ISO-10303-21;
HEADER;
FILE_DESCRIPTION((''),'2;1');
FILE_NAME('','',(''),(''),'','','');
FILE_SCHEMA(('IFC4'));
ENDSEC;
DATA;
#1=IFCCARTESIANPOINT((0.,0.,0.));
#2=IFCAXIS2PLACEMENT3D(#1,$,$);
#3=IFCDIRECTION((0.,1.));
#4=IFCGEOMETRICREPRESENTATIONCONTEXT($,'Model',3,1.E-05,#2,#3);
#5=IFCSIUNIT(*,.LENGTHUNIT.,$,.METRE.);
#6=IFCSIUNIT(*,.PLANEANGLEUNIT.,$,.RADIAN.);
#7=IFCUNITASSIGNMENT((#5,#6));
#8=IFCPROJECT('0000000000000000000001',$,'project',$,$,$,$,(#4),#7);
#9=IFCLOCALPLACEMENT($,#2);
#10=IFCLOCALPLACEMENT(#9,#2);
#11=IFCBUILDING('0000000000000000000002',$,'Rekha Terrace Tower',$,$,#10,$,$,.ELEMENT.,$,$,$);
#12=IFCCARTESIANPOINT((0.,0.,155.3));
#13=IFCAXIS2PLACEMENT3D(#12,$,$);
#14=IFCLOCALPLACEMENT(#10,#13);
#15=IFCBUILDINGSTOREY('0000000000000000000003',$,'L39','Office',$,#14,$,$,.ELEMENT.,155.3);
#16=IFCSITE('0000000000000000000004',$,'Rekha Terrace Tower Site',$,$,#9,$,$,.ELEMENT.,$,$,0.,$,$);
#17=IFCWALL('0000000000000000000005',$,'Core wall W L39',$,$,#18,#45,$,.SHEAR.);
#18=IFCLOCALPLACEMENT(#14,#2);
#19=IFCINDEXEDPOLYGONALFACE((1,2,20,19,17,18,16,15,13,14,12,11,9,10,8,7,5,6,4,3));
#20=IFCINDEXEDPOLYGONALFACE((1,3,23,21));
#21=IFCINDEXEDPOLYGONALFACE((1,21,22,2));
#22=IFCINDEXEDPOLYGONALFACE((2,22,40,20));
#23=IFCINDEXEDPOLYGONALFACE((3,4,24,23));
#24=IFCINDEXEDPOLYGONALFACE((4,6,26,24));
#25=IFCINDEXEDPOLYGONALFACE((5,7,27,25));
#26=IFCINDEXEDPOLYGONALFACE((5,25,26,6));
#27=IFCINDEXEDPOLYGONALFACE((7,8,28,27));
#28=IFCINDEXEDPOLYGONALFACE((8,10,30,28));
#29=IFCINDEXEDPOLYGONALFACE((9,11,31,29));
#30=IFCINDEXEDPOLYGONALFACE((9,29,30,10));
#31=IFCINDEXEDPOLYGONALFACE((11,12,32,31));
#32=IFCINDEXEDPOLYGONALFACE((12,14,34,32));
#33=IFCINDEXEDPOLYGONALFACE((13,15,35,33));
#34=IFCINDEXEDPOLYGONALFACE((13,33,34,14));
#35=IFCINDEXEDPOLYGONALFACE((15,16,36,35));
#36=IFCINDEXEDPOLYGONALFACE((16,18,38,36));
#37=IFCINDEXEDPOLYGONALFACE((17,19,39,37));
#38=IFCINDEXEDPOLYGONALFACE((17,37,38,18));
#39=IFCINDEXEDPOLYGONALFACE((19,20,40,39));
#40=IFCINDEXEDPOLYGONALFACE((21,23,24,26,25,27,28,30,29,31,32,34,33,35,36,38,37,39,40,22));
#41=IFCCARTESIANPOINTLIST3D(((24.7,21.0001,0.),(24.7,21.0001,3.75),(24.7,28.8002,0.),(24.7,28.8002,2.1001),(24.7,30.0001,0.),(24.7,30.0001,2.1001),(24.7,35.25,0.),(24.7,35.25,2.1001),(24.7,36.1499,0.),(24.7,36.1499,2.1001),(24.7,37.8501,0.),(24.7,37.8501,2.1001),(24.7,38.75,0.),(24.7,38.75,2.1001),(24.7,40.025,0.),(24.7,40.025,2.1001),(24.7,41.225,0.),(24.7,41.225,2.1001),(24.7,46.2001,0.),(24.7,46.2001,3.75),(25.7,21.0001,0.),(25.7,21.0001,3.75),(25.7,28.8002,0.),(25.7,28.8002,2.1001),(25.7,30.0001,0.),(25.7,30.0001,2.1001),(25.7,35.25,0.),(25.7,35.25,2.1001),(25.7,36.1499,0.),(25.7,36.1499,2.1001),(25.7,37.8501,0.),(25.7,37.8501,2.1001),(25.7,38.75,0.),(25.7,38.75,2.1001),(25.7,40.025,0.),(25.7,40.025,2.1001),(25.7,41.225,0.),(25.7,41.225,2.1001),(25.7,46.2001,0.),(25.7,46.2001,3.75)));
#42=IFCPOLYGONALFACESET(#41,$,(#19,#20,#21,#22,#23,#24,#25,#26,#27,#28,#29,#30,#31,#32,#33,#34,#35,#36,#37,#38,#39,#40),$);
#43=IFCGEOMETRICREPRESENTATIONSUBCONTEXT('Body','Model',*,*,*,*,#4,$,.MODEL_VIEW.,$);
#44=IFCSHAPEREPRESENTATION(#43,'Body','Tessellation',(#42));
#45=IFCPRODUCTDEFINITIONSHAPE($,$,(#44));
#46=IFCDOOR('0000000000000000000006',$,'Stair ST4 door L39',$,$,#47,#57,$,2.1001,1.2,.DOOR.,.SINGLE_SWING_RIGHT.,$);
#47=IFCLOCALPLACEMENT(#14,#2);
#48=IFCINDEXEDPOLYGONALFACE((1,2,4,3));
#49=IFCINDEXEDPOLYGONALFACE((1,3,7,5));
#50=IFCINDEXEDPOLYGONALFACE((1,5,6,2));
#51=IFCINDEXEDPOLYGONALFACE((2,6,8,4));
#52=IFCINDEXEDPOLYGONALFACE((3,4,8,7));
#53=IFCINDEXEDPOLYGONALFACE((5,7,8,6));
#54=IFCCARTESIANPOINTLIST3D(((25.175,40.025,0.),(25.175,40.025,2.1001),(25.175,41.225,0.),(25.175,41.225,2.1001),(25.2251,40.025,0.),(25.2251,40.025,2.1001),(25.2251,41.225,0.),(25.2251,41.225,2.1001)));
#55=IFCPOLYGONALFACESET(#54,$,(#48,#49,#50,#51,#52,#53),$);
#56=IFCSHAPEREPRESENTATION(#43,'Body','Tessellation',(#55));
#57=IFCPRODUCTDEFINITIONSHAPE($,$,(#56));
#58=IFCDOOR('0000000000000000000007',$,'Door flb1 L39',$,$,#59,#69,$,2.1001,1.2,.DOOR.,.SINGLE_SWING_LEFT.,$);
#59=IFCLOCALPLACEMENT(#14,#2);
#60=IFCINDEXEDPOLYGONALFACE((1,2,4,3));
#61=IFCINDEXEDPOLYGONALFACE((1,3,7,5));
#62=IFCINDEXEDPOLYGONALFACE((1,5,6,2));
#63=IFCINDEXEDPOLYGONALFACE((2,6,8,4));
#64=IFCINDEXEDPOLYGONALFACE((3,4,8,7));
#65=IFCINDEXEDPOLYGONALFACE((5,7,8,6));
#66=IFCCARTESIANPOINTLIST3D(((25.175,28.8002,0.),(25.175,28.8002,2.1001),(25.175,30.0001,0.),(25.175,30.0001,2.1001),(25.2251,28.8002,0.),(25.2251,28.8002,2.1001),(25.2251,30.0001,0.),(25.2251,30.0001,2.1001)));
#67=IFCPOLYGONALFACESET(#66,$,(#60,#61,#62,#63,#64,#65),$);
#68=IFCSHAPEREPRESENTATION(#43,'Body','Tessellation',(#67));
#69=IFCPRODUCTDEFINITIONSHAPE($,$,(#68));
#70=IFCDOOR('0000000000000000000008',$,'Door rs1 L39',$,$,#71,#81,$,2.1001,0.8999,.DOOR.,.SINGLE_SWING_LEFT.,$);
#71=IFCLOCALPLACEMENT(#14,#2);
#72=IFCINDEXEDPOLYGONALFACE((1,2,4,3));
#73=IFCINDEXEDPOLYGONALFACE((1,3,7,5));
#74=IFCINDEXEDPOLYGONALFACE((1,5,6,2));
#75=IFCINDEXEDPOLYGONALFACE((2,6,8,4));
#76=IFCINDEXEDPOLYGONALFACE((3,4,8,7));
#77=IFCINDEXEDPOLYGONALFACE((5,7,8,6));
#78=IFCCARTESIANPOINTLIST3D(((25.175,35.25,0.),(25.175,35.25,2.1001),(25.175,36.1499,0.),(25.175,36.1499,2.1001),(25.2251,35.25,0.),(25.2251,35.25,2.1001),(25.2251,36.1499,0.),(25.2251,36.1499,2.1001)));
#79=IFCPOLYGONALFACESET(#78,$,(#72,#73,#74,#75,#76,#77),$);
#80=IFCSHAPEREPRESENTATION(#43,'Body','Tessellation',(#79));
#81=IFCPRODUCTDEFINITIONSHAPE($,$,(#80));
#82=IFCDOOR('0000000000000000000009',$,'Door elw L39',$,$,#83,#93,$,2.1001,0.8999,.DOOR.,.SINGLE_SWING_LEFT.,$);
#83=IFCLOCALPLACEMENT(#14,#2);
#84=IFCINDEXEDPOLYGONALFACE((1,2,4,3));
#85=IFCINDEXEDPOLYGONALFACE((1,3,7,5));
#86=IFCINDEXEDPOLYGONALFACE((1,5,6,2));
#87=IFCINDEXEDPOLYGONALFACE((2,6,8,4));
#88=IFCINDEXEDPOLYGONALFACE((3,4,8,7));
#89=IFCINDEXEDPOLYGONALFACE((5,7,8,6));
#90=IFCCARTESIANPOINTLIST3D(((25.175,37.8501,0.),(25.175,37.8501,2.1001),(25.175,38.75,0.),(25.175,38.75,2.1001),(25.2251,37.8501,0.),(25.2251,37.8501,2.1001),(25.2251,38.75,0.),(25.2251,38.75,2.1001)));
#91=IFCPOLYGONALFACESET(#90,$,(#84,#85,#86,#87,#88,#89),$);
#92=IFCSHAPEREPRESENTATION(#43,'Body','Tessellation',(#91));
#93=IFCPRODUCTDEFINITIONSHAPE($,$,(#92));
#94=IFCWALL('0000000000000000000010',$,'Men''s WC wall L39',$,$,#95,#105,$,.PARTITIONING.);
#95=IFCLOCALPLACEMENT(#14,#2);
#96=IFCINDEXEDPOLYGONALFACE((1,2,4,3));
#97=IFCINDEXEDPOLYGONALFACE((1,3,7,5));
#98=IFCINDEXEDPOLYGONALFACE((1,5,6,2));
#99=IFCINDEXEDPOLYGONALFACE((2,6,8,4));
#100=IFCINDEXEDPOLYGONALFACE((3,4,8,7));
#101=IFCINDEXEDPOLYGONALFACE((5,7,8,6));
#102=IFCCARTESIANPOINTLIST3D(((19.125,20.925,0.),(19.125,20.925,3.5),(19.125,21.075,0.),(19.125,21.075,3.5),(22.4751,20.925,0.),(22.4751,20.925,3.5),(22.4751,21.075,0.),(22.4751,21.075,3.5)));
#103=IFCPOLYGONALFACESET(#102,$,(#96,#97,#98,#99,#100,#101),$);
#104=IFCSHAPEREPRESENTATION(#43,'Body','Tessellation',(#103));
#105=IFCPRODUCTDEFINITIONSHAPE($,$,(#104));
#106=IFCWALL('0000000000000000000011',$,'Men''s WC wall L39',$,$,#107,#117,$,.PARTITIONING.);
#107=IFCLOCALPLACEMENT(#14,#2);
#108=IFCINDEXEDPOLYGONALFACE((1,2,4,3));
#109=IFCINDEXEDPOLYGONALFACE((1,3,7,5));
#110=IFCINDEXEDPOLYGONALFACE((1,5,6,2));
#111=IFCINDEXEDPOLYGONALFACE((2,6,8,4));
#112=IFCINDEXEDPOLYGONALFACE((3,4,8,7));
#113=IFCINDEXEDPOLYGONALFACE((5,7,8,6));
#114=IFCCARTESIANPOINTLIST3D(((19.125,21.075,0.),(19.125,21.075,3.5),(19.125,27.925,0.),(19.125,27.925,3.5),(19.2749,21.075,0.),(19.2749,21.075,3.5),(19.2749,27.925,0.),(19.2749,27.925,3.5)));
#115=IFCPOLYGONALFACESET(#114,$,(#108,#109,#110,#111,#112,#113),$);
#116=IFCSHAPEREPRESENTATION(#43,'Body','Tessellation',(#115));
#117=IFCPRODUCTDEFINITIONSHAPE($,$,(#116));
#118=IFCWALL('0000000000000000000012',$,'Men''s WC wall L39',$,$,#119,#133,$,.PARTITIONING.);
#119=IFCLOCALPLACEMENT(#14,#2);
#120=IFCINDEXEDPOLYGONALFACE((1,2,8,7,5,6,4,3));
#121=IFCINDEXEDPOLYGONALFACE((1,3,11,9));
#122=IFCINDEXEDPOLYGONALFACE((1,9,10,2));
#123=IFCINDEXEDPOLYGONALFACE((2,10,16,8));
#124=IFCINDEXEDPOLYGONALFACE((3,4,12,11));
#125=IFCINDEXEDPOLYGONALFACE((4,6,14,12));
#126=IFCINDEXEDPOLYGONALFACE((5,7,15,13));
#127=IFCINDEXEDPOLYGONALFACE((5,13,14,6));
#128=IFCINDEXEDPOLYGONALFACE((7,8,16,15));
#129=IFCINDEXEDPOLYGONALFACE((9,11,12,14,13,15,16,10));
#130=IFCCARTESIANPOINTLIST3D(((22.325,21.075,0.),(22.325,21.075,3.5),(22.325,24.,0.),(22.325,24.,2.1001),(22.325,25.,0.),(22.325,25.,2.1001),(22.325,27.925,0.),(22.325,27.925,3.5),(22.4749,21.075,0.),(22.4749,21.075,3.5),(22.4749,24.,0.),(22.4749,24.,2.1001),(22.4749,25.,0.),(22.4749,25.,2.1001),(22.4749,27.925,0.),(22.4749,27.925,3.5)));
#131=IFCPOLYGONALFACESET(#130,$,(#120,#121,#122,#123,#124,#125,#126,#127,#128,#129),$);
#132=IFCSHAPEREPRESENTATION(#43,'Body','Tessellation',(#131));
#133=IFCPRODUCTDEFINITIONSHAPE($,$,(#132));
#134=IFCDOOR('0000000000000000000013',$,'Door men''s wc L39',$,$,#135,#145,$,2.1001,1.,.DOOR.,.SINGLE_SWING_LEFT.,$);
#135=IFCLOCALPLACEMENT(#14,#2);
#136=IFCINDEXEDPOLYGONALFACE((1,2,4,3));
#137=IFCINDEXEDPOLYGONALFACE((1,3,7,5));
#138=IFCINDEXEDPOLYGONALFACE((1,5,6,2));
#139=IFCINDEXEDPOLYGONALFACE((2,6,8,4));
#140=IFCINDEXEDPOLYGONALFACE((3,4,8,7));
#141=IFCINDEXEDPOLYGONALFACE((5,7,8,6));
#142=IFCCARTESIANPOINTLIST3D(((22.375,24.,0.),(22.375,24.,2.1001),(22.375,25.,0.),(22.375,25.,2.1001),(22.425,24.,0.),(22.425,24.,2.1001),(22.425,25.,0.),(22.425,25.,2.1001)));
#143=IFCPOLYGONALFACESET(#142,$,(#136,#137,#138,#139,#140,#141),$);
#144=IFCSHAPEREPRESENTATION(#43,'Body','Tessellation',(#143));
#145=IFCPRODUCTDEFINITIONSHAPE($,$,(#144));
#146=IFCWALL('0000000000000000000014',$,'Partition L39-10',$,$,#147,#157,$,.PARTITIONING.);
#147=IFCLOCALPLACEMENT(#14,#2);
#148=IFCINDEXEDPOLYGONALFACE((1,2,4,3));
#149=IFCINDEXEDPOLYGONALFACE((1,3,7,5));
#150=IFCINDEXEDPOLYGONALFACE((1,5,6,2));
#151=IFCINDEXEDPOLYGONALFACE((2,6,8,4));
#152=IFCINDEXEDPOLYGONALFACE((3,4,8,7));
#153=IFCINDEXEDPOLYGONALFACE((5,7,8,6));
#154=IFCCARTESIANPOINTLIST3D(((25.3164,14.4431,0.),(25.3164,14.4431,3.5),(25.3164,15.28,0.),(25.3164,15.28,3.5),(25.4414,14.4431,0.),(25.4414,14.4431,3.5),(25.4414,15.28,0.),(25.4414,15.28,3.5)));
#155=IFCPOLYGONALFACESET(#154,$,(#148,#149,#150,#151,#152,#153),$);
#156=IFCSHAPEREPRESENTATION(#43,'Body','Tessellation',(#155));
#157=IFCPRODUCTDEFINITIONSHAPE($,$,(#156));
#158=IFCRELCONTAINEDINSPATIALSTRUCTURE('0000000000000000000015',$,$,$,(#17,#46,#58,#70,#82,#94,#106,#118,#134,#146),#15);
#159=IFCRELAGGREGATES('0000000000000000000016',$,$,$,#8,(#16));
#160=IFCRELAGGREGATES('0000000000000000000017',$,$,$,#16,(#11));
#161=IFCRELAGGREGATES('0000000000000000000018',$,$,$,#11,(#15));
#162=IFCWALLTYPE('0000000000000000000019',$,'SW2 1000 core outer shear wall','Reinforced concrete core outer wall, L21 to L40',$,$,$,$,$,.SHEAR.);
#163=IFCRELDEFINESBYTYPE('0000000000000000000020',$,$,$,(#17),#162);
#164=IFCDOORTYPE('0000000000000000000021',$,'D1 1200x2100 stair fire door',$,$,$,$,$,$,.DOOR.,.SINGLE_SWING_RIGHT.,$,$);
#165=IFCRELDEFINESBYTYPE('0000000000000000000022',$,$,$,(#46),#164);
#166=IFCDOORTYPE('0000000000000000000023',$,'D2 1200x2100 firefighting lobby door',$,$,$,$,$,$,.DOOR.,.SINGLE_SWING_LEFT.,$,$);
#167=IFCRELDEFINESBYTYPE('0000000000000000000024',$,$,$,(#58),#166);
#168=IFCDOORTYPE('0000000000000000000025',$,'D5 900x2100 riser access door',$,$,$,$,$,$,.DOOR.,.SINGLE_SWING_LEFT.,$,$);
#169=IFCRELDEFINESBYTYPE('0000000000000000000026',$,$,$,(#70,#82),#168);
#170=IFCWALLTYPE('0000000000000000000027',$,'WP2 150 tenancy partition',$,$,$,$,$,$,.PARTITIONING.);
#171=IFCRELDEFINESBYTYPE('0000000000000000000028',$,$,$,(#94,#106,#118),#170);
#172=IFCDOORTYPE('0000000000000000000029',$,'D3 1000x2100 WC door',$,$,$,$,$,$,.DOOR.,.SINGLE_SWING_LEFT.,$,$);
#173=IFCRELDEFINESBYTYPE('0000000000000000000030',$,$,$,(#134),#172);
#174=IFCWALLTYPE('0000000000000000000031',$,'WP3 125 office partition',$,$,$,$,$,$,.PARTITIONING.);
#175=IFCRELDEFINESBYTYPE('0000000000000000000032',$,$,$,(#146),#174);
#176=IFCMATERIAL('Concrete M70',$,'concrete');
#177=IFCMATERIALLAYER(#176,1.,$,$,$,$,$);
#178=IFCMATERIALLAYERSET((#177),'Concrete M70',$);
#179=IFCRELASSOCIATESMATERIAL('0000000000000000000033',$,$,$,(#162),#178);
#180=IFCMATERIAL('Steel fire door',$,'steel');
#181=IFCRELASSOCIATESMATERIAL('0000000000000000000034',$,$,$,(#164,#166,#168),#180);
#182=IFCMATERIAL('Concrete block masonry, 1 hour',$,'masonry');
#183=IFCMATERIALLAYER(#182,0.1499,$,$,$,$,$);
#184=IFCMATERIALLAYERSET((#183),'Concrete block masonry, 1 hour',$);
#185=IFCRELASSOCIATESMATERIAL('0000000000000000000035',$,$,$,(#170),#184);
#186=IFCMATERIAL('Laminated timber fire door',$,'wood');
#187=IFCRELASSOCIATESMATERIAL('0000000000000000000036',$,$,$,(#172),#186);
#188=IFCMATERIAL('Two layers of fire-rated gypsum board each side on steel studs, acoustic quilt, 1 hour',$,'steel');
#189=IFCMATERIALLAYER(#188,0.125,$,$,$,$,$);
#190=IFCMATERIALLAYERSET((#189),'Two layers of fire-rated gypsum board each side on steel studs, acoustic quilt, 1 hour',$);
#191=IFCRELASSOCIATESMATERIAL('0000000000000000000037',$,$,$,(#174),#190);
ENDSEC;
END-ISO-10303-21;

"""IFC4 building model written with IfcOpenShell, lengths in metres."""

from ifc_helpers import new_model, si_unit, direction, frame, frame_2d, origin, place, context, subcontext, project, spatial, rectangle, extrude, material, layer, layer_set, type_object, element, fill, save


model = new_model("IFC4")

# Units and contexts
model_context = context("Model", 3, precision=1e-05, world=origin(), true_north=direction((0.0, 1.0)))
body_context = subcontext(model_context, "Body", "Model", "MODEL_VIEW")
ifc_project = project(units=[si_unit("LENGTHUNIT", "METRE"), si_unit("PLANEANGLEUNIT", "RADIAN")], contexts=[model_context])

# Site, building, storey
site_placement = place(None, origin())
site = spatial("IfcSite", under=ifc_project, at=site_placement, Name="Rekha Terrace Tower Site", CompositionType="ELEMENT", RefElevation=0.0)
building_placement = place(site_placement, origin())
building = spatial("IfcBuilding", under=site, at=building_placement, Name="Rekha Terrace Tower", CompositionType="ELEMENT")
storey_placement = place(building_placement, frame((0.0, 0.0, 155.3)))
storey = spatial("IfcBuildingStorey", under=building, at=storey_placement, Name="L39", Description="Office", CompositionType="ELEMENT", Elevation=155.3)

# Shared definitions
ifc_material_1 = material(Name="Concrete M70", Category="concrete")

# Shared definitions
ifc_layer_1 = layer(ifc_material_1, 1.0)
ifc_layer_set_1 = layer_set([ifc_layer_1], Name="Concrete M70")
wall_type_1 = type_object("IfcWallType", Name="SW2 1000 core outer shear wall", Description="Reinforced concrete core outer wall, L21 to L40", PredefinedType="SHEAR", material=ifc_layer_set_1)

# Wall, openings, doors
wall_1_placement = place(storey_placement, frame((25.2, 21.0, 0.0), z_axis=(0.0, 0.0, 1.0), x_axis=(0.0, 1.0, 0.0)))
wall_1 = element("IfcWall", 1, at=wall_1_placement, inside=storey, type_object=wall_type_1, Name="Core wall W L39", PredefinedType="SHEAR", context=body_context, shape_type="SweptSolid", body=[
    extrude(rectangle(XDim=25.2, YDim=1.0, at=frame_2d((12.6001, 0.0))), origin(), (0.0, 0.0, 1.0), 3.75),
])
opening_1_placement = place(wall_1_placement, frame((7.8, 0.0, 0.0)))
opening_1 = element("IfcOpeningElement", 2, at=opening_1_placement, cuts=wall_1, PredefinedType="OPENING", context=body_context, shape_type="SweptSolid", body=[
    extrude(rectangle(XDim=1.2, YDim=2.1001, at=frame_2d((0.6001, 1.05))), frame((0.0, 0.51, 0.0), z_axis=(0.0, -1.0, 0.0), x_axis=(1.0, 0.0, 0.0)), (0.0, 0.0, 1.0), 1.02),
])
opening_2_placement = place(wall_1_placement, frame((14.25, 0.0, 0.0)))
opening_2 = element("IfcOpeningElement", 3, at=opening_2_placement, cuts=wall_1, PredefinedType="OPENING", context=body_context, shape_type="SweptSolid", body=[
    extrude(rectangle(XDim=0.8999, YDim=2.1001, at=frame_2d((0.45, 1.05))), frame((0.0, 0.51, 0.0), z_axis=(0.0, -1.0, 0.0), x_axis=(1.0, 0.0, 0.0)), (0.0, 0.0, 1.0), 1.02),
])
opening_3_placement = place(wall_1_placement, frame((16.8501, 0.0, 0.0)))
opening_3 = element("IfcOpeningElement", 4, at=opening_3_placement, cuts=wall_1, PredefinedType="OPENING", context=body_context, shape_type="SweptSolid", body=[
    extrude(rectangle(XDim=0.8999, YDim=2.1001, at=frame_2d((0.45, 1.05))), frame((0.0, 0.51, 0.0), z_axis=(0.0, -1.0, 0.0), x_axis=(1.0, 0.0, 0.0)), (0.0, 0.0, 1.0), 1.02),
])
opening_4_placement = place(wall_1_placement, frame((19.0249, 0.0, 0.0)))
opening_4 = element("IfcOpeningElement", 5, at=opening_4_placement, cuts=wall_1, PredefinedType="OPENING", context=body_context, shape_type="SweptSolid", body=[
    extrude(rectangle(XDim=1.2, YDim=2.1001, at=frame_2d((0.6001, 1.05))), frame((0.0, 0.51, 0.0), z_axis=(0.0, -1.0, 0.0), x_axis=(1.0, 0.0, 0.0)), (0.0, 0.0, 1.0), 1.02),
])
ifc_material_2 = material(Name="Steel fire door", Category="steel")
door_type_1 = type_object("IfcDoorType", Name="D1 1200x2100 stair fire door", OperationType="SINGLE_SWING_RIGHT", PredefinedType="DOOR", material=ifc_material_2)
door_1_placement = place(opening_4_placement, origin())
door_1 = element("IfcDoor", 6, at=door_1_placement, inside=storey, type_object=door_type_1, Name="Stair ST4 door L39", OperationType="SINGLE_SWING_RIGHT", OverallHeight=2.1001, OverallWidth=1.2, PredefinedType="DOOR", context=body_context, shape_type="SweptSolid", body=[
    extrude(rectangle(XDim=1.2, YDim=2.1001, at=frame_2d((0.6001, 1.05))), frame((0.0, 0.0249, 0.0), z_axis=(0.0, -1.0, 0.0), x_axis=(1.0, 0.0, 0.0)), (0.0, 0.0, 1.0), 0.05),
])
fill(opening_4, door_1)
door_type_2 = type_object("IfcDoorType", Name="D2 1200x2100 firefighting lobby door", OperationType="SINGLE_SWING_LEFT", PredefinedType="DOOR", material=ifc_material_2)
door_2_placement = place(opening_1_placement, origin())
door_2 = element("IfcDoor", 7, at=door_2_placement, inside=storey, type_object=door_type_2, Name="Door flb1 L39", OperationType="SINGLE_SWING_LEFT", OverallHeight=2.1001, OverallWidth=1.2, PredefinedType="DOOR", context=body_context, shape_type="SweptSolid", body=[
    extrude(rectangle(XDim=1.2, YDim=2.1001, at=frame_2d((0.6001, 1.05))), frame((0.0, 0.0249, 0.0), z_axis=(0.0, -1.0, 0.0), x_axis=(1.0, 0.0, 0.0)), (0.0, 0.0, 1.0), 0.05),
])
fill(opening_1, door_2)
door_type_3 = type_object("IfcDoorType", Name="D5 900x2100 riser access door", OperationType="SINGLE_SWING_LEFT", PredefinedType="DOOR", material=ifc_material_2)
door_3_placement = place(opening_2_placement, origin())
door_3 = element("IfcDoor", 8, at=door_3_placement, inside=storey, type_object=door_type_3, Name="Door rs1 L39", OperationType="SINGLE_SWING_LEFT", OverallHeight=2.1001, OverallWidth=0.8999, PredefinedType="DOOR", context=body_context, shape_type="SweptSolid", body=[
    extrude(rectangle(XDim=0.8999, YDim=2.1001, at=frame_2d((0.45, 1.05))), frame((0.0, 0.0249, 0.0), z_axis=(0.0, -1.0, 0.0), x_axis=(1.0, 0.0, 0.0)), (0.0, 0.0, 1.0), 0.05),
])
fill(opening_2, door_3)
door_4_placement = place(opening_3_placement, origin())
door_4 = element("IfcDoor", 9, at=door_4_placement, inside=storey, type_object=door_type_3, Name="Door elw L39", OperationType="SINGLE_SWING_LEFT", OverallHeight=2.1001, OverallWidth=0.8999, PredefinedType="DOOR", context=body_context, shape_type="SweptSolid", body=[
    extrude(rectangle(XDim=0.8999, YDim=2.1001, at=frame_2d((0.45, 1.05))), frame((0.0, 0.0249, 0.0), z_axis=(0.0, -1.0, 0.0), x_axis=(1.0, 0.0, 0.0)), (0.0, 0.0, 1.0), 0.05),
])
fill(opening_3, door_4)

# Walls
ifc_material_3 = material(Name="Concrete block masonry, 1 hour", Category="masonry")
ifc_layer_2 = layer(ifc_material_3, 0.1499)
ifc_layer_set_2 = layer_set([ifc_layer_2], Name="Concrete block masonry, 1 hour")
wall_type_2 = type_object("IfcWallType", Name="WP2 150 tenancy partition", PredefinedType="PARTITIONING", material=ifc_layer_set_2)
wall_2_placement = place(storey_placement, frame((19.125, 21.0, 0.0), z_axis=(0.0, 0.0, 1.0), x_axis=(1.0, 0.0, 0.0)))
element("IfcWall", 10, at=wall_2_placement, inside=storey, type_object=wall_type_2, Name="Men's WC wall L39", PredefinedType="PARTITIONING", context=body_context, shape_type="SweptSolid", body=[
    extrude(rectangle(XDim=3.3501, YDim=0.1499, at=frame_2d((1.675, 0.0))), origin(), (0.0, 0.0, 1.0), 3.5),
])
wall_3_placement = place(storey_placement, frame((19.2, 21.075, 0.0), z_axis=(0.0, 0.0, 1.0), x_axis=(0.0, 1.0, 0.0)))
element("IfcWall", 11, at=wall_3_placement, inside=storey, type_object=wall_type_2, Name="Men's WC wall L39", PredefinedType="PARTITIONING", context=body_context, shape_type="SweptSolid", body=[
    extrude(rectangle(XDim=6.8501, YDim=0.1499, at=frame_2d((3.425, 0.0))), origin(), (0.0, 0.0, 1.0), 3.5),
])

# Wall, opening, door
wall_4_placement = place(storey_placement, frame((22.3999, 21.075, 0.0), z_axis=(0.0, 0.0, 1.0), x_axis=(0.0, 1.0, 0.0)))
wall_4 = element("IfcWall", 12, at=wall_4_placement, inside=storey, type_object=wall_type_2, Name="Men's WC wall L39", PredefinedType="PARTITIONING", context=body_context, shape_type="SweptSolid", body=[
    extrude(rectangle(XDim=6.8501, YDim=0.1499, at=frame_2d((3.425, 0.0))), origin(), (0.0, 0.0, 1.0), 3.5),
])
opening_5_placement = place(wall_4_placement, frame((2.925, 0.0, 0.0)))
opening_5 = element("IfcOpeningElement", 13, at=opening_5_placement, cuts=wall_4, PredefinedType="OPENING", context=body_context, shape_type="SweptSolid", body=[
    extrude(rectangle(XDim=1.0, YDim=2.1001, at=frame_2d((0.5, 1.05))), frame((0.0, 0.085, 0.0), z_axis=(0.0, -1.0, 0.0), x_axis=(1.0, 0.0, 0.0)), (0.0, 0.0, 1.0), 0.1699),
])
ifc_material_4 = material(Name="Laminated timber fire door", Category="wood")
door_type_4 = type_object("IfcDoorType", Name="D3 1000x2100 WC door", OperationType="SINGLE_SWING_LEFT", PredefinedType="DOOR", material=ifc_material_4)
door_5_placement = place(opening_5_placement, origin())
door_5 = element("IfcDoor", 14, at=door_5_placement, inside=storey, type_object=door_type_4, Name="Door men's wc L39", OperationType="SINGLE_SWING_LEFT", OverallHeight=2.1001, OverallWidth=1.0, PredefinedType="DOOR", context=body_context, shape_type="SweptSolid", body=[
    extrude(rectangle(XDim=1.0, YDim=2.1001, at=frame_2d((0.5, 1.05))), frame((0.0, 0.0249, 0.0), z_axis=(0.0, -1.0, 0.0), x_axis=(1.0, 0.0, 0.0)), (0.0, 0.0, 1.0), 0.05),
])
fill(opening_5, door_5)

# Wall
ifc_material_5 = material(Name="Two layers of fire-rated gypsum board each side on steel studs, acoustic quilt, 1 hour", Category="steel")
ifc_layer_3 = layer(ifc_material_5, 0.125)
ifc_layer_set_3 = layer_set([ifc_layer_3], Name="Two layers of fire-rated gypsum board each side on steel studs, acoustic quilt, 1 hour")
wall_type_3 = type_object("IfcWallType", Name="WP3 125 office partition", PredefinedType="PARTITIONING", material=ifc_layer_set_3)
wall_5_placement = place(storey_placement, frame((25.3789, 15.28, 0.0), z_axis=(0.0, 0.0, 1.0), x_axis=(0.0, -1.0, 0.0)))
element("IfcWall", 15, at=wall_5_placement, inside=storey, type_object=wall_type_3, Name="Partition L39-10", PredefinedType="PARTITIONING", context=body_context, shape_type="SweptSolid", body=[
    extrude(rectangle(XDim=0.8369, YDim=0.125, at=frame_2d((0.4185, 0.0))), origin(), (0.0, 0.0, 1.0), 3.5),
])

save(model, "model.ifc")
